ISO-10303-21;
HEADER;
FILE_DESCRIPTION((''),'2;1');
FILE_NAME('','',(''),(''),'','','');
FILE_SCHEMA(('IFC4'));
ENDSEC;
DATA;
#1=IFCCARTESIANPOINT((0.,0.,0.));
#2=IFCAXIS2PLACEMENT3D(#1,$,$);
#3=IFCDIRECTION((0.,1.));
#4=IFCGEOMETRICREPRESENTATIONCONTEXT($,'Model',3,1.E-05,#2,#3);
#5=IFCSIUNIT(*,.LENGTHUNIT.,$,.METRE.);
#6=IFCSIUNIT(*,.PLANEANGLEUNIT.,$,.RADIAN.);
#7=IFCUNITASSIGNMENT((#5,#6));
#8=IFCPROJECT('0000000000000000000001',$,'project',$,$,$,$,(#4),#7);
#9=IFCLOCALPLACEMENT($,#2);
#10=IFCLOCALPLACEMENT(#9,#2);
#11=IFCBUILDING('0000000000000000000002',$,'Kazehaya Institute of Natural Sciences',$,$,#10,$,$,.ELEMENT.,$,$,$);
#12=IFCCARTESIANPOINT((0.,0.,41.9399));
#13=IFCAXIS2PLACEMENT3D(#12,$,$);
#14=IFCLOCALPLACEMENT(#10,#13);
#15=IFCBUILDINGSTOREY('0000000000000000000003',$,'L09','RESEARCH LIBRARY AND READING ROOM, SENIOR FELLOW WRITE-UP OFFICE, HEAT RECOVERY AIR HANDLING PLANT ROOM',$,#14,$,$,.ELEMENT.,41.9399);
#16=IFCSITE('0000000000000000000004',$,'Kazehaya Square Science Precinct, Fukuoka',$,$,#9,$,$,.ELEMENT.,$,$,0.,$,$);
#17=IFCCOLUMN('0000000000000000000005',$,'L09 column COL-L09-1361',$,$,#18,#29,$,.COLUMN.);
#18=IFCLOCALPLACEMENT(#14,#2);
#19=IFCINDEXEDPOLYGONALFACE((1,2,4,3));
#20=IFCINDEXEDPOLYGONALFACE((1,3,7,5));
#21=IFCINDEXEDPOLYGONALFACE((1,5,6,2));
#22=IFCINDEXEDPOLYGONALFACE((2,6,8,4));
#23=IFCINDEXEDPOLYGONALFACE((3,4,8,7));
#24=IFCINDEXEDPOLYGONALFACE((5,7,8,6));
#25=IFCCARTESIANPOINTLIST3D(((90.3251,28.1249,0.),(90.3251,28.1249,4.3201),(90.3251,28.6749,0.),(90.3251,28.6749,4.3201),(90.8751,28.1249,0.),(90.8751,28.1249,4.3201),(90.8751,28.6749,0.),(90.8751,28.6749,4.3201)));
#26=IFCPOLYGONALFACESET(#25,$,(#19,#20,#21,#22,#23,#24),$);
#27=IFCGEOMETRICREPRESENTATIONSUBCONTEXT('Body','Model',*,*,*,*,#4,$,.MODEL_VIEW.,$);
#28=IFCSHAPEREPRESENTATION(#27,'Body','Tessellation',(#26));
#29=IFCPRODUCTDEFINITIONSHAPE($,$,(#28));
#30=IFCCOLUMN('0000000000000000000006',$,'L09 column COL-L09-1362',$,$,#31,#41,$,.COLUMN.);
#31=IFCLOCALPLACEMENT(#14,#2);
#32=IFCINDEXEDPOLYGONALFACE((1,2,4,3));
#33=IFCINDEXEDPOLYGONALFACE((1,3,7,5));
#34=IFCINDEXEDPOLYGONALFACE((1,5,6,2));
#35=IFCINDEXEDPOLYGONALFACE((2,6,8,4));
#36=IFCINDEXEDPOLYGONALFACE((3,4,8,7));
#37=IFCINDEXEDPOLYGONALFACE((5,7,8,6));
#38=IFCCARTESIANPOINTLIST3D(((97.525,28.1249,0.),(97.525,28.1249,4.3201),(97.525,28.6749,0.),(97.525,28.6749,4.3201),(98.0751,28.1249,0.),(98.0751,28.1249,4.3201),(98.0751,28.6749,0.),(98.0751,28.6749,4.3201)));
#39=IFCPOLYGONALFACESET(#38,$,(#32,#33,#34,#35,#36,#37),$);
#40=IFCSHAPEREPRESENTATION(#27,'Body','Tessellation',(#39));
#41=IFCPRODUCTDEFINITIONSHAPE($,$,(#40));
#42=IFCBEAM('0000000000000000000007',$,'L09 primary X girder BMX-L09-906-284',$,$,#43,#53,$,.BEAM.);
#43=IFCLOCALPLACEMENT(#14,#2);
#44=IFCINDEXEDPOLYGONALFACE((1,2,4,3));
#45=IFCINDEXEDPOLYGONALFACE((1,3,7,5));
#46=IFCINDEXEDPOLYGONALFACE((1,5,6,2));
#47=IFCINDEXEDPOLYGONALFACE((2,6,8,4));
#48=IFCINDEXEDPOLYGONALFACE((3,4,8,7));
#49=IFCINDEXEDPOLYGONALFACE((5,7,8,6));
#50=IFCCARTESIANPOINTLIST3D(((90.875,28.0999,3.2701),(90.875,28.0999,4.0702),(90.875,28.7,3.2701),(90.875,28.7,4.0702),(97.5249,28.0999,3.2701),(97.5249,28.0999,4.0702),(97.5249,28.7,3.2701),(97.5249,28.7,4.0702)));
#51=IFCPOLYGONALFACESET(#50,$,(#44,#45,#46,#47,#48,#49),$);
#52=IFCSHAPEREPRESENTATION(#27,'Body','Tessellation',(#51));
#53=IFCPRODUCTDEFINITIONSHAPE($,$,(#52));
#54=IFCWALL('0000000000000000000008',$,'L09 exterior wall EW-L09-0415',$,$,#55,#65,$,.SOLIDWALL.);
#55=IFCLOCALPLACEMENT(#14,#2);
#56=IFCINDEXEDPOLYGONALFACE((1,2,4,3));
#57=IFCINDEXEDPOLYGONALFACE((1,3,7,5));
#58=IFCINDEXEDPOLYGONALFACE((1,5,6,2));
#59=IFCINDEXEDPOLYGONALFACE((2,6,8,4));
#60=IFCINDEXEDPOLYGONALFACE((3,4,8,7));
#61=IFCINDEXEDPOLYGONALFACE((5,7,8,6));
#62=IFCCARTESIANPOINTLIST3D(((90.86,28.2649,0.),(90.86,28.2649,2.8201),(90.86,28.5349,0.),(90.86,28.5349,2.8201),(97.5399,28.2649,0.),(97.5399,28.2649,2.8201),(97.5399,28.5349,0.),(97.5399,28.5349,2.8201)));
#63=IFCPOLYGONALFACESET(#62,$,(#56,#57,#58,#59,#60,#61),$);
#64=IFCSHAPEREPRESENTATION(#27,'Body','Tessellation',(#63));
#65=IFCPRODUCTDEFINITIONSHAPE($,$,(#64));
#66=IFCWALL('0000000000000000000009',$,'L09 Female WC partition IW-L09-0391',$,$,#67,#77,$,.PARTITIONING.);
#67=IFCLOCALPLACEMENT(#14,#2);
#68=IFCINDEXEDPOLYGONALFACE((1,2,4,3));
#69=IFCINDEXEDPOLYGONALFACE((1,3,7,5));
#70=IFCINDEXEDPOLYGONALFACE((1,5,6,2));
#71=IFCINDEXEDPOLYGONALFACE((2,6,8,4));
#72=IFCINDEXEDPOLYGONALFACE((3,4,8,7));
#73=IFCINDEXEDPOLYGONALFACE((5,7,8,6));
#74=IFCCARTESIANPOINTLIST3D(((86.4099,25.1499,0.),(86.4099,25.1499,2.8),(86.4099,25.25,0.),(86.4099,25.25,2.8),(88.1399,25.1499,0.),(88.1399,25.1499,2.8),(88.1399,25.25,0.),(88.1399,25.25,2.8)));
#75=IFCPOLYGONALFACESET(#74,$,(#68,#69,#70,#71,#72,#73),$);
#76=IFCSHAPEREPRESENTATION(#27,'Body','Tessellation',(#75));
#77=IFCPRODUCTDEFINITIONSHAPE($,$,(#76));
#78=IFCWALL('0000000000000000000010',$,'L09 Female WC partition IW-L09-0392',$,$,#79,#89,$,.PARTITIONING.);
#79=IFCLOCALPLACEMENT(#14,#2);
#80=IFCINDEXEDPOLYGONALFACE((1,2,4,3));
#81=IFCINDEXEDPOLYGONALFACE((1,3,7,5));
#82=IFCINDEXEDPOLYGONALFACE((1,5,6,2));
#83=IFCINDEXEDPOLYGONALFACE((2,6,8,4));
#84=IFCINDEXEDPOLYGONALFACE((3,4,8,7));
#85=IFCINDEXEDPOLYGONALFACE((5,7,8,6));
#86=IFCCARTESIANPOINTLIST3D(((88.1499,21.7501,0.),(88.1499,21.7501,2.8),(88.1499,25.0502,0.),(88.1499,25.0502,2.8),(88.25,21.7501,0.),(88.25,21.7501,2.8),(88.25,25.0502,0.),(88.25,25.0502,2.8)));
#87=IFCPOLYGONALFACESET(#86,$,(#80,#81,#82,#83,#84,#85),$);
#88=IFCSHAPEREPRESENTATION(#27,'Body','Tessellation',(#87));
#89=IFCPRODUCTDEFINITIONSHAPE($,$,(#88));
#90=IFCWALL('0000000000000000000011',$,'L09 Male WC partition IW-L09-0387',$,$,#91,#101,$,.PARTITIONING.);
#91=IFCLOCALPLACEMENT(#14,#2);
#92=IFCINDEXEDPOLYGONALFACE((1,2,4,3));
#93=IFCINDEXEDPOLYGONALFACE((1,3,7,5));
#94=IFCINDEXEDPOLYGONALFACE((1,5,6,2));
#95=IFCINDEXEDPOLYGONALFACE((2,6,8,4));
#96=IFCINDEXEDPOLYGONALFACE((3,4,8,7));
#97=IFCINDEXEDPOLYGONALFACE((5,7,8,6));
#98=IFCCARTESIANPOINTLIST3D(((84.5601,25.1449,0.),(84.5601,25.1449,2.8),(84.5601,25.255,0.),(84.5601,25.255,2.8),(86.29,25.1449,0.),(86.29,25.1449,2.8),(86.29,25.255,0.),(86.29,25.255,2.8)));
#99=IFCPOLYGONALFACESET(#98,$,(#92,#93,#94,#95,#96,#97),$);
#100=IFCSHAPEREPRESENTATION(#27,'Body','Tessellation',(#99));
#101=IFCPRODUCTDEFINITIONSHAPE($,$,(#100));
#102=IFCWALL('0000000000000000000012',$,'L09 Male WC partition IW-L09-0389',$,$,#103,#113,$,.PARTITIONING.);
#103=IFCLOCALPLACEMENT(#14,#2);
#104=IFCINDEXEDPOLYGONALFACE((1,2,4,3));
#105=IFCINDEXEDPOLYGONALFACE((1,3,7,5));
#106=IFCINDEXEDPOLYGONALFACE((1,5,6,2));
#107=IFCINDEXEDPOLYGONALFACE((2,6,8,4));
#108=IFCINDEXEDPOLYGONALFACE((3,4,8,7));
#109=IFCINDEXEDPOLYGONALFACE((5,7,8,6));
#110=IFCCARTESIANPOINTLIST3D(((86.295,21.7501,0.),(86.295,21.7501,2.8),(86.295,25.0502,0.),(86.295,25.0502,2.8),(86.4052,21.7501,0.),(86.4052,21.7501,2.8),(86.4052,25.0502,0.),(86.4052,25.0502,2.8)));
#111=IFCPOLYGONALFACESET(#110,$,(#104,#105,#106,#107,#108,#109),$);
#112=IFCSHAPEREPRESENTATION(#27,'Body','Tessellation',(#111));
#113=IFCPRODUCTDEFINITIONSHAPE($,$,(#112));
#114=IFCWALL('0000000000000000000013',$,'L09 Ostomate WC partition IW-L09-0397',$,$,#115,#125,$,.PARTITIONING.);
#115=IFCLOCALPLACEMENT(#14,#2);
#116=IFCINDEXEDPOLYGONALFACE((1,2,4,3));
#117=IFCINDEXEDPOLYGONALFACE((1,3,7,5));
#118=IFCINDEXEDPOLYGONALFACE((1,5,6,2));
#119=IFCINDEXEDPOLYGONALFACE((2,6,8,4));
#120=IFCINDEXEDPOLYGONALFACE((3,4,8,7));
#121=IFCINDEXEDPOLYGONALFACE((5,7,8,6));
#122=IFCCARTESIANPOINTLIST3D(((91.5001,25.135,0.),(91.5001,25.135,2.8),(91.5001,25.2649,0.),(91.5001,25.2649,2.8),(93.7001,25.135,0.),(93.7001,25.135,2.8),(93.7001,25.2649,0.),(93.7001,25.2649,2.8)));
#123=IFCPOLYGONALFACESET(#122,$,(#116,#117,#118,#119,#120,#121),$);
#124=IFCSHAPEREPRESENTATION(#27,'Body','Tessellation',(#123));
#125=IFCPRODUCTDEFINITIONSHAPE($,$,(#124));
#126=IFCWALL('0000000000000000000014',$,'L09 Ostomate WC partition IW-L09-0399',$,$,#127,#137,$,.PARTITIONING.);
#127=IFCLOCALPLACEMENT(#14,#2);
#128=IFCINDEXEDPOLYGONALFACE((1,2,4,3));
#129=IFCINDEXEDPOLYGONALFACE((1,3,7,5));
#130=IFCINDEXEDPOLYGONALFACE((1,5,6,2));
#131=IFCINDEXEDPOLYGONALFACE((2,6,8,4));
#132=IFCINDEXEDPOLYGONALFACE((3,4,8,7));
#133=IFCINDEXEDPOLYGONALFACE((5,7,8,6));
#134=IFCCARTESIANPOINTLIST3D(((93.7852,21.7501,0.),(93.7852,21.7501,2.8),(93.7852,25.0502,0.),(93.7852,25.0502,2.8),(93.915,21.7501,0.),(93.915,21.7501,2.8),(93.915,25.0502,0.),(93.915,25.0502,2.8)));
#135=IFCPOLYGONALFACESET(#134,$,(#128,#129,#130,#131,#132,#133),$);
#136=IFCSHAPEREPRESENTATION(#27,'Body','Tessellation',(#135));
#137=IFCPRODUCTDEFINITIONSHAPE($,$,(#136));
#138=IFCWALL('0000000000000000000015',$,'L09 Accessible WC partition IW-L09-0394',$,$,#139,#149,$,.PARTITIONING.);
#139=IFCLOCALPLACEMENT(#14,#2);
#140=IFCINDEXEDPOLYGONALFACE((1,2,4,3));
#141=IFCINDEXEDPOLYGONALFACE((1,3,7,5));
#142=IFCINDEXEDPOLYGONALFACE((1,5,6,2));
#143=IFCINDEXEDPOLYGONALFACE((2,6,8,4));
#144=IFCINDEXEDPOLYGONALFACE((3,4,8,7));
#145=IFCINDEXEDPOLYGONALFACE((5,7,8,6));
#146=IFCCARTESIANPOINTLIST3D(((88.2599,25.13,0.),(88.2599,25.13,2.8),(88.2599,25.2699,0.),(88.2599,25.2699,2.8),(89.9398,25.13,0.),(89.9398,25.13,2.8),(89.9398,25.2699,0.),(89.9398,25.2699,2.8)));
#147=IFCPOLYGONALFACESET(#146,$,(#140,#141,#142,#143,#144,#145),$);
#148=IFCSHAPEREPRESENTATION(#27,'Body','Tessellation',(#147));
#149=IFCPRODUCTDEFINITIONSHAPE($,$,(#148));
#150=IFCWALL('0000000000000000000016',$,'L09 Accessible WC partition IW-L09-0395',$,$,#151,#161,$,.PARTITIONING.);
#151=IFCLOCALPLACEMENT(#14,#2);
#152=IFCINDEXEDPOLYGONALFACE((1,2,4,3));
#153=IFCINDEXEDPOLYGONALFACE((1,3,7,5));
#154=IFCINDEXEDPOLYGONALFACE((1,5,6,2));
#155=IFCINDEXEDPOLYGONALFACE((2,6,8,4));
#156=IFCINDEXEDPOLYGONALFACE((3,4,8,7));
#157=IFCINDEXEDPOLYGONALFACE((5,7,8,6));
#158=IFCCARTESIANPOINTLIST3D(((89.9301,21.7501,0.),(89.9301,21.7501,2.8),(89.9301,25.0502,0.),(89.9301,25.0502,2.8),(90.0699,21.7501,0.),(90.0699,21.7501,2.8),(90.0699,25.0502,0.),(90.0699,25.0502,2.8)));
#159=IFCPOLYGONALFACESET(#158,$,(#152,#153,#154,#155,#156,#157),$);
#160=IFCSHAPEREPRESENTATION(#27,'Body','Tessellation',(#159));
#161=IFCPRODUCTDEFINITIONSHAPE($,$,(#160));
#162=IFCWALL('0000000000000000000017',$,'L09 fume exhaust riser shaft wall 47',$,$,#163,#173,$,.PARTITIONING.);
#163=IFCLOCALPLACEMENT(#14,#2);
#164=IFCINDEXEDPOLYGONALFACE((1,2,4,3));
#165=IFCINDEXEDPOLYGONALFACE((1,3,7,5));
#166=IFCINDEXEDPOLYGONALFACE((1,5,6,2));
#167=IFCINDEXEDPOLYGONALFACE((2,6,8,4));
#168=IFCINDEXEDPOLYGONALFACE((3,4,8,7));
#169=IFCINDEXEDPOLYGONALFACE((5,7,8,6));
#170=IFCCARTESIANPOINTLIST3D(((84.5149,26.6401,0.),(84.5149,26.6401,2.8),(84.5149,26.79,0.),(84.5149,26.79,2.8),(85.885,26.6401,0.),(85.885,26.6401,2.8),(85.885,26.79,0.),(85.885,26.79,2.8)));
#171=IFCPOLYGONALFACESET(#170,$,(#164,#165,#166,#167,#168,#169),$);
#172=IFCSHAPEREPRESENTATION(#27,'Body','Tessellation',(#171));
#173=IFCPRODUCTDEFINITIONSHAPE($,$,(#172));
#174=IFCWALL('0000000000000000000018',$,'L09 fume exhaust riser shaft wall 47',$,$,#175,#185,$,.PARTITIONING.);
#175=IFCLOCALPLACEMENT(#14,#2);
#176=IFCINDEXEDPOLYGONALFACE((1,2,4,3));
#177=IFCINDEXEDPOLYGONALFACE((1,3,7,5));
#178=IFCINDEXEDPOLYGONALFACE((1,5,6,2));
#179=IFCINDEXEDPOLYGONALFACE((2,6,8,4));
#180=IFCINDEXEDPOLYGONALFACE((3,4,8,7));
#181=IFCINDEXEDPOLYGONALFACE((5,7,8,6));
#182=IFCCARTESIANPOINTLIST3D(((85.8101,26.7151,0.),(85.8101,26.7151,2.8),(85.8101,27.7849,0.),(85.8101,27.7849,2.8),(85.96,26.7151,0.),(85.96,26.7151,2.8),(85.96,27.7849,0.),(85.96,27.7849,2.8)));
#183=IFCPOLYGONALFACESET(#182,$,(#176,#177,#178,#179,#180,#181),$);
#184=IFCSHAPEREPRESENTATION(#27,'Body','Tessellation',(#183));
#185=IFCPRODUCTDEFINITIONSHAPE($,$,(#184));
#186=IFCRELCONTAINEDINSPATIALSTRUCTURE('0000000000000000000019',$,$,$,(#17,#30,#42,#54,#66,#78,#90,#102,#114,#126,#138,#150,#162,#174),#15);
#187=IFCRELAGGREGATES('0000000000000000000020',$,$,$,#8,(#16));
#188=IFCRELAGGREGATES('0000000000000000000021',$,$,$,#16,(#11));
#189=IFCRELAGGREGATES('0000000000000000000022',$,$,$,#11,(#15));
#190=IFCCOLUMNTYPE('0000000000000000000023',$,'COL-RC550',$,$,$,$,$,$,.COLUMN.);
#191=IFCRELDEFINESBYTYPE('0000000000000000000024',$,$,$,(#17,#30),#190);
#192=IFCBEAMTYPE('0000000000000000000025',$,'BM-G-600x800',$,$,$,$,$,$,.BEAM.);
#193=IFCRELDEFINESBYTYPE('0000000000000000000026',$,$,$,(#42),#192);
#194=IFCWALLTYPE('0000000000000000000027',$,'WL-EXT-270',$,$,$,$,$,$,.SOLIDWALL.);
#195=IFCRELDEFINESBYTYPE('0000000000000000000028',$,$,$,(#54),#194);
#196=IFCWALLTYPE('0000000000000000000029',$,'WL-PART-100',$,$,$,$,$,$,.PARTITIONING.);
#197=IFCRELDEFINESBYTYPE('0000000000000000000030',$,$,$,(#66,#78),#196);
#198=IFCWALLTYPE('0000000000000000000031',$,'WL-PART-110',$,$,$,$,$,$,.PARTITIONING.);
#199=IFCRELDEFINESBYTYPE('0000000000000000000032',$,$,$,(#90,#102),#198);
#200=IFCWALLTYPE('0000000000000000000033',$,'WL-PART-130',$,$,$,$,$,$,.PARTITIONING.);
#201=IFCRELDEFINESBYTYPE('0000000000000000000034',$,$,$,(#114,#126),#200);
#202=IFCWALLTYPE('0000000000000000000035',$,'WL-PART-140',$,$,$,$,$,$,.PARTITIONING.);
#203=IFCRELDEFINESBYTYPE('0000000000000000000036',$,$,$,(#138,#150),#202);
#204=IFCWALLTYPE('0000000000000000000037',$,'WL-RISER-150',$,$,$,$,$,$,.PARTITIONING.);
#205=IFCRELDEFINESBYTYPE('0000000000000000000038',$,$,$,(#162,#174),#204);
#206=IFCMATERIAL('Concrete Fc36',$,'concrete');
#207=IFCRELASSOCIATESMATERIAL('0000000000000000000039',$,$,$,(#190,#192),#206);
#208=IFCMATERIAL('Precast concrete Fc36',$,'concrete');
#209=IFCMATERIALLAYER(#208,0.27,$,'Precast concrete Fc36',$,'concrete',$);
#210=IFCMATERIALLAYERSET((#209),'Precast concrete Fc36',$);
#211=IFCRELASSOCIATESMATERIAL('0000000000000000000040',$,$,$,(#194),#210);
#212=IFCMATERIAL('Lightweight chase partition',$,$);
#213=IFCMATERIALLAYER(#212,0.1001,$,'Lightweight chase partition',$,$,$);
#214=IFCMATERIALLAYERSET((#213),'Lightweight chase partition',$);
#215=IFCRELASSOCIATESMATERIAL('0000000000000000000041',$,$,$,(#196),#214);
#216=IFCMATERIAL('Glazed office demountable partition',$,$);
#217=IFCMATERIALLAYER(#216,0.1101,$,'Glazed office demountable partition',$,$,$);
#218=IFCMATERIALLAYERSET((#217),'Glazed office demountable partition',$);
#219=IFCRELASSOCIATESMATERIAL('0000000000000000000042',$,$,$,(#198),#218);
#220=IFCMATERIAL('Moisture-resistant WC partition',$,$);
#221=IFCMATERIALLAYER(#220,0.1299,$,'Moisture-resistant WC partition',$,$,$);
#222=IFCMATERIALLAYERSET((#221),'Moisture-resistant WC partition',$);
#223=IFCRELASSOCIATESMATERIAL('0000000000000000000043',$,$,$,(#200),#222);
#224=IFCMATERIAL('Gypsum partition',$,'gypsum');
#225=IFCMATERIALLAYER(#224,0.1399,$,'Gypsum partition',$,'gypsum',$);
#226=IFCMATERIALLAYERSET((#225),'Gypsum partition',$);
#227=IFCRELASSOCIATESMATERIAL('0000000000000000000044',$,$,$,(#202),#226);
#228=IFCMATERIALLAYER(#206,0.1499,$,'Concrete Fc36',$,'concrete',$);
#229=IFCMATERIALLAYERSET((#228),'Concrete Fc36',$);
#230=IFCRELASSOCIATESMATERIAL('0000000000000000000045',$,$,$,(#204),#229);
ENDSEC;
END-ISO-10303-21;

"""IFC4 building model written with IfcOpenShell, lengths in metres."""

from ifc_helpers import new_model, si_unit, direction, frame, frame_2d, origin, origin_2d, place, context, subcontext, project, spatial, rectangle, extrude, material, layer, layer_set, material_profile, profile_set, type_object, element, save


model = new_model("IFC4")

# Units and contexts
model_context = context("Model", 3, precision=1e-05, world=origin(), true_north=direction((0.0, 1.0)))
body_context = subcontext(model_context, "Body", "Model", "MODEL_VIEW")
ifc_project = project(units=[si_unit("LENGTHUNIT", "METRE"), si_unit("PLANEANGLEUNIT", "RADIAN")], contexts=[model_context])

# Site, building, storey
site_placement = place(None, origin())
site = spatial("IfcSite", under=ifc_project, at=site_placement, Name="Kazehaya Square Science Precinct, Fukuoka", CompositionType="ELEMENT", RefElevation=0.0)
building_placement = place(site_placement, origin())
building = spatial("IfcBuilding", under=site, at=building_placement, Name="Kazehaya Institute of Natural Sciences", CompositionType="ELEMENT")
storey_placement = place(building_placement, frame((0.0, 0.0, 41.9399)))
storey = spatial("IfcBuildingStorey", under=building, at=storey_placement, Name="L09", Description="RESEARCH LIBRARY AND READING ROOM, SENIOR FELLOW WRITE-UP OFFICE, HEAT RECOVERY AIR HANDLING PLANT ROOM", CompositionType="ELEMENT", Elevation=41.9399)

# Columns
ifc_material_1 = material(Name="Concrete Fc36", Category="concrete")
ifc_material_profile_1 = material_profile(ifc_material_1, rectangle(XDim=0.55, YDim=0.55, at=origin_2d()), Name="RC-550x550")
ifc_profile_set_1 = profile_set([ifc_material_profile_1], Name="Concrete Fc36")
column_type = type_object("IfcColumnType", Name="COL-RC550", PredefinedType="COLUMN", material=ifc_profile_set_1)
for number, where, z_axis, x_axis, name in (
    (1, (90.6001, 28.3999, 0.0), (0.0, 0.0, 1.0), (1.0, 0.0, 0.0), "L09 column COL-L09-1361"),
    (2, (97.8, 28.3999, 0.0), (0.0, 0.0, 1.0), (1.0, 0.0, 0.0), "L09 column COL-L09-1362"),
):
    element("IfcColumn", number, at=place(storey_placement, frame(where, z_axis=z_axis, x_axis=x_axis)), inside=storey, type_object=column_type, Name=name, PredefinedType="COLUMN", context=body_context, shape_type="SweptSolid", body=[
        extrude(rectangle(XDim=0.55, YDim=0.55, at=origin_2d()), origin(), (0.0, 0.0, 1.0), 4.3201),
    ])

# Beam
ifc_material_profile_2 = material_profile(ifc_material_1, rectangle(XDim=0.6001, YDim=0.8, at=origin_2d()), Name="RC-600x800")
ifc_profile_set_2 = profile_set([ifc_material_profile_2], Name="Concrete Fc36")
beam_type = type_object("IfcBeamType", Name="BM-G-600x800", PredefinedType="BEAM", material=ifc_profile_set_2)
beam_placement = place(storey_placement, frame((90.875, 28.3999, 3.6702), z_axis=(1.0, 0.0, 0.0), x_axis=(0.0, 1.0, 0.0)))
element("IfcBeam", 3, at=beam_placement, inside=storey, type_object=beam_type, Name="L09 primary X girder BMX-L09-906-284", PredefinedType="BEAM", context=body_context, shape_type="SweptSolid", body=[
    extrude(rectangle(XDim=0.6001, YDim=0.8, at=origin_2d()), origin(), (0.0, 0.0, 1.0), 6.6499),
])

# Walls
ifc_material_2 = material(Name="Precast concrete Fc36", Category="concrete")
ifc_layer_1 = layer(ifc_material_2, 0.27, Name="Precast concrete Fc36", Category="concrete")
ifc_layer_set_1 = layer_set([ifc_layer_1], Name="Precast concrete Fc36")
wall_type_1 = type_object("IfcWallType", Name="WL-EXT-270", PredefinedType="SOLIDWALL", material=ifc_layer_set_1)
wall_1_placement = place(storey_placement, frame((90.8601, 28.3999, 0.0), z_axis=(0.0, 0.0, 1.0), x_axis=(1.0, 0.0, 0.0)))
element("IfcWall", 4, at=wall_1_placement, inside=storey, type_object=wall_type_1, Name="L09 exterior wall EW-L09-0415", PredefinedType="SOLIDWALL", context=body_context, shape_type="SweptSolid", body=[
    extrude(rectangle(XDim=6.6799, YDim=0.27, at=frame_2d((3.3398, 0.0))), origin(), (0.0, 0.0, 1.0), 2.8201),
])
ifc_material_3 = material(Name="Lightweight chase partition")
ifc_layer_2 = layer(ifc_material_3, 0.1001, Name="Lightweight chase partition")
ifc_layer_set_2 = layer_set([ifc_layer_2], Name="Lightweight chase partition")
wall_type_2 = type_object("IfcWallType", Name="WL-PART-100", PredefinedType="PARTITIONING", material=ifc_layer_set_2)
wall_2_placement = place(storey_placement, frame((86.4099, 25.2, 0.0), z_axis=(0.0, 0.0, 1.0), x_axis=(1.0, 0.0, 0.0)))
element("IfcWall", 5, at=wall_2_placement, inside=storey, type_object=wall_type_2, Name="L09 Female WC partition IW-L09-0391", PredefinedType="PARTITIONING", context=body_context, shape_type="SweptSolid", body=[
    extrude(rectangle(XDim=1.73, YDim=0.1001, at=frame_2d((0.865, 0.0))), origin(), (0.0, 0.0, 1.0), 2.8),
])
wall_3_placement = place(storey_placement, frame((88.2, 25.05, 0.0), z_axis=(0.0, 0.0, 1.0), x_axis=(0.0, -1.0, 0.0)))
element("IfcWall", 6, at=wall_3_placement, inside=storey, type_object=wall_type_2, Name="L09 Female WC partition IW-L09-0392", PredefinedType="PARTITIONING", context=body_context, shape_type="SweptSolid", body=[
    extrude(rectangle(XDim=3.3, YDim=0.1001, at=frame_2d((1.6499, 0.0))), origin(), (0.0, 0.0, 1.0), 2.8),
])
ifc_material_4 = material(Name="Glazed office demountable partition")
ifc_layer_3 = layer(ifc_material_4, 0.1101, Name="Glazed office demountable partition")
ifc_layer_set_3 = layer_set([ifc_layer_3], Name="Glazed office demountable partition")
wall_type_3 = type_object("IfcWallType", Name="WL-PART-110", PredefinedType="PARTITIONING", material=ifc_layer_set_3)
wall_4_placement = place(storey_placement, frame((84.5601, 25.2, 0.0), z_axis=(0.0, 0.0, 1.0), x_axis=(1.0, 0.0, 0.0)))
element("IfcWall", 7, at=wall_4_placement, inside=storey, type_object=wall_type_3, Name="L09 Male WC partition IW-L09-0387", PredefinedType="PARTITIONING", context=body_context, shape_type="SweptSolid", body=[
    extrude(rectangle(XDim=1.73, YDim=0.1101, at=frame_2d((0.865, 0.0))), origin(), (0.0, 0.0, 1.0), 2.8),
])
wall_5_placement = place(storey_placement, frame((86.3501, 25.05, 0.0), z_axis=(0.0, 0.0, 1.0), x_axis=(0.0, -1.0, 0.0)))
element("IfcWall", 8, at=wall_5_placement, inside=storey, type_object=wall_type_3, Name="L09 Male WC partition IW-L09-0389", PredefinedType="PARTITIONING", context=body_context, shape_type="SweptSolid", body=[
    extrude(rectangle(XDim=3.3, YDim=0.1101, at=frame_2d((1.6499, 0.0))), origin(), (0.0, 0.0, 1.0), 2.8),
])
ifc_material_5 = material(Name="Moisture-resistant WC partition")
ifc_layer_4 = layer(ifc_material_5, 0.1299, Name="Moisture-resistant WC partition")
ifc_layer_set_4 = layer_set([ifc_layer_4], Name="Moisture-resistant WC partition")
wall_type_4 = type_object("IfcWallType", Name="WL-PART-130", PredefinedType="PARTITIONING", material=ifc_layer_set_4)
wall_6_placement = place(storey_placement, frame((91.5, 25.2, 0.0), z_axis=(0.0, 0.0, 1.0), x_axis=(1.0, 0.0, 0.0)))
element("IfcWall", 9, at=wall_6_placement, inside=storey, type_object=wall_type_4, Name="L09 Ostomate WC partition IW-L09-0397", PredefinedType="PARTITIONING", context=body_context, shape_type="SweptSolid", body=[
    extrude(rectangle(XDim=2.2, YDim=0.1299, at=frame_2d((1.1001, 0.0))), origin(), (0.0, 0.0, 1.0), 2.8),
])
wall_7_placement = place(storey_placement, frame((93.8501, 25.05, 0.0), z_axis=(0.0, 0.0, 1.0), x_axis=(0.0, -1.0, 0.0)))
element("IfcWall", 10, at=wall_7_placement, inside=storey, type_object=wall_type_4, Name="L09 Ostomate WC partition IW-L09-0399", PredefinedType="PARTITIONING", context=body_context, shape_type="SweptSolid", body=[
    extrude(rectangle(XDim=3.3, YDim=0.1299, at=frame_2d((1.6499, 0.0))), origin(), (0.0, 0.0, 1.0), 2.8),
])
ifc_material_6 = material(Name="Gypsum partition", Category="gypsum")
ifc_layer_5 = layer(ifc_material_6, 0.1399, Name="Gypsum partition", Category="gypsum")
ifc_layer_set_5 = layer_set([ifc_layer_5], Name="Gypsum partition")
wall_type_5 = type_object("IfcWallType", Name="WL-PART-140", PredefinedType="PARTITIONING", material=ifc_layer_set_5)
wall_8_placement = place(storey_placement, frame((88.26, 25.2, 0.0), z_axis=(0.0, 0.0, 1.0), x_axis=(1.0, 0.0, 0.0)))
element("IfcWall", 11, at=wall_8_placement, inside=storey, type_object=wall_type_5, Name="L09 Accessible WC partition IW-L09-0394", PredefinedType="PARTITIONING", context=body_context, shape_type="SweptSolid", body=[
    extrude(rectangle(XDim=1.6799, YDim=0.1399, at=frame_2d((0.8398, 0.0))), origin(), (0.0, 0.0, 1.0), 2.8),
])
wall_9_placement = place(storey_placement, frame((90.0, 25.05, 0.0), z_axis=(0.0, 0.0, 1.0), x_axis=(0.0, -1.0, 0.0)))
element("IfcWall", 12, at=wall_9_placement, inside=storey, type_object=wall_type_5, Name="L09 Accessible WC partition IW-L09-0395", PredefinedType="PARTITIONING", context=body_context, shape_type="SweptSolid", body=[
    extrude(rectangle(XDim=3.3, YDim=0.1399, at=frame_2d((1.6499, 0.0))), origin(), (0.0, 0.0, 1.0), 2.8),
])
ifc_layer_6 = layer(ifc_material_1, 0.1499, Name="Concrete Fc36", Category="concrete")
ifc_layer_set_6 = layer_set([ifc_layer_6], Name="Concrete Fc36")
wall_type_6 = type_object("IfcWallType", Name="WL-RISER-150", PredefinedType="PARTITIONING", material=ifc_layer_set_6)
wall_10_placement = place(storey_placement, frame((85.885, 26.7151, 0.0), z_axis=(0.0, 0.0, 1.0), x_axis=(-1.0, 0.0, 0.0)))
element("IfcWall", 13, at=wall_10_placement, inside=storey, type_object=wall_type_6, Name="L09 fume exhaust riser shaft wall 47", PredefinedType="PARTITIONING", context=body_context, shape_type="SweptSolid", body=[
    extrude(rectangle(XDim=1.3701, YDim=0.1499, at=frame_2d((0.6851, 0.0))), origin(), (0.0, 0.0, 1.0), 2.8),
])
wall_11_placement = place(storey_placement, frame((85.885, 27.7849, 0.0), z_axis=(0.0, 0.0, 1.0), x_axis=(0.0, -1.0, 0.0)))
element("IfcWall", 14, at=wall_11_placement, inside=storey, type_object=wall_type_6, Name="L09 fume exhaust riser shaft wall 47", PredefinedType="PARTITIONING", context=body_context, shape_type="SweptSolid", body=[
    extrude(rectangle(XDim=1.0698, YDim=0.1499, at=frame_2d((0.5349, 0.0))), origin(), (0.0, 0.0, 1.0), 2.8),
])

save(model, "model.ifc")
